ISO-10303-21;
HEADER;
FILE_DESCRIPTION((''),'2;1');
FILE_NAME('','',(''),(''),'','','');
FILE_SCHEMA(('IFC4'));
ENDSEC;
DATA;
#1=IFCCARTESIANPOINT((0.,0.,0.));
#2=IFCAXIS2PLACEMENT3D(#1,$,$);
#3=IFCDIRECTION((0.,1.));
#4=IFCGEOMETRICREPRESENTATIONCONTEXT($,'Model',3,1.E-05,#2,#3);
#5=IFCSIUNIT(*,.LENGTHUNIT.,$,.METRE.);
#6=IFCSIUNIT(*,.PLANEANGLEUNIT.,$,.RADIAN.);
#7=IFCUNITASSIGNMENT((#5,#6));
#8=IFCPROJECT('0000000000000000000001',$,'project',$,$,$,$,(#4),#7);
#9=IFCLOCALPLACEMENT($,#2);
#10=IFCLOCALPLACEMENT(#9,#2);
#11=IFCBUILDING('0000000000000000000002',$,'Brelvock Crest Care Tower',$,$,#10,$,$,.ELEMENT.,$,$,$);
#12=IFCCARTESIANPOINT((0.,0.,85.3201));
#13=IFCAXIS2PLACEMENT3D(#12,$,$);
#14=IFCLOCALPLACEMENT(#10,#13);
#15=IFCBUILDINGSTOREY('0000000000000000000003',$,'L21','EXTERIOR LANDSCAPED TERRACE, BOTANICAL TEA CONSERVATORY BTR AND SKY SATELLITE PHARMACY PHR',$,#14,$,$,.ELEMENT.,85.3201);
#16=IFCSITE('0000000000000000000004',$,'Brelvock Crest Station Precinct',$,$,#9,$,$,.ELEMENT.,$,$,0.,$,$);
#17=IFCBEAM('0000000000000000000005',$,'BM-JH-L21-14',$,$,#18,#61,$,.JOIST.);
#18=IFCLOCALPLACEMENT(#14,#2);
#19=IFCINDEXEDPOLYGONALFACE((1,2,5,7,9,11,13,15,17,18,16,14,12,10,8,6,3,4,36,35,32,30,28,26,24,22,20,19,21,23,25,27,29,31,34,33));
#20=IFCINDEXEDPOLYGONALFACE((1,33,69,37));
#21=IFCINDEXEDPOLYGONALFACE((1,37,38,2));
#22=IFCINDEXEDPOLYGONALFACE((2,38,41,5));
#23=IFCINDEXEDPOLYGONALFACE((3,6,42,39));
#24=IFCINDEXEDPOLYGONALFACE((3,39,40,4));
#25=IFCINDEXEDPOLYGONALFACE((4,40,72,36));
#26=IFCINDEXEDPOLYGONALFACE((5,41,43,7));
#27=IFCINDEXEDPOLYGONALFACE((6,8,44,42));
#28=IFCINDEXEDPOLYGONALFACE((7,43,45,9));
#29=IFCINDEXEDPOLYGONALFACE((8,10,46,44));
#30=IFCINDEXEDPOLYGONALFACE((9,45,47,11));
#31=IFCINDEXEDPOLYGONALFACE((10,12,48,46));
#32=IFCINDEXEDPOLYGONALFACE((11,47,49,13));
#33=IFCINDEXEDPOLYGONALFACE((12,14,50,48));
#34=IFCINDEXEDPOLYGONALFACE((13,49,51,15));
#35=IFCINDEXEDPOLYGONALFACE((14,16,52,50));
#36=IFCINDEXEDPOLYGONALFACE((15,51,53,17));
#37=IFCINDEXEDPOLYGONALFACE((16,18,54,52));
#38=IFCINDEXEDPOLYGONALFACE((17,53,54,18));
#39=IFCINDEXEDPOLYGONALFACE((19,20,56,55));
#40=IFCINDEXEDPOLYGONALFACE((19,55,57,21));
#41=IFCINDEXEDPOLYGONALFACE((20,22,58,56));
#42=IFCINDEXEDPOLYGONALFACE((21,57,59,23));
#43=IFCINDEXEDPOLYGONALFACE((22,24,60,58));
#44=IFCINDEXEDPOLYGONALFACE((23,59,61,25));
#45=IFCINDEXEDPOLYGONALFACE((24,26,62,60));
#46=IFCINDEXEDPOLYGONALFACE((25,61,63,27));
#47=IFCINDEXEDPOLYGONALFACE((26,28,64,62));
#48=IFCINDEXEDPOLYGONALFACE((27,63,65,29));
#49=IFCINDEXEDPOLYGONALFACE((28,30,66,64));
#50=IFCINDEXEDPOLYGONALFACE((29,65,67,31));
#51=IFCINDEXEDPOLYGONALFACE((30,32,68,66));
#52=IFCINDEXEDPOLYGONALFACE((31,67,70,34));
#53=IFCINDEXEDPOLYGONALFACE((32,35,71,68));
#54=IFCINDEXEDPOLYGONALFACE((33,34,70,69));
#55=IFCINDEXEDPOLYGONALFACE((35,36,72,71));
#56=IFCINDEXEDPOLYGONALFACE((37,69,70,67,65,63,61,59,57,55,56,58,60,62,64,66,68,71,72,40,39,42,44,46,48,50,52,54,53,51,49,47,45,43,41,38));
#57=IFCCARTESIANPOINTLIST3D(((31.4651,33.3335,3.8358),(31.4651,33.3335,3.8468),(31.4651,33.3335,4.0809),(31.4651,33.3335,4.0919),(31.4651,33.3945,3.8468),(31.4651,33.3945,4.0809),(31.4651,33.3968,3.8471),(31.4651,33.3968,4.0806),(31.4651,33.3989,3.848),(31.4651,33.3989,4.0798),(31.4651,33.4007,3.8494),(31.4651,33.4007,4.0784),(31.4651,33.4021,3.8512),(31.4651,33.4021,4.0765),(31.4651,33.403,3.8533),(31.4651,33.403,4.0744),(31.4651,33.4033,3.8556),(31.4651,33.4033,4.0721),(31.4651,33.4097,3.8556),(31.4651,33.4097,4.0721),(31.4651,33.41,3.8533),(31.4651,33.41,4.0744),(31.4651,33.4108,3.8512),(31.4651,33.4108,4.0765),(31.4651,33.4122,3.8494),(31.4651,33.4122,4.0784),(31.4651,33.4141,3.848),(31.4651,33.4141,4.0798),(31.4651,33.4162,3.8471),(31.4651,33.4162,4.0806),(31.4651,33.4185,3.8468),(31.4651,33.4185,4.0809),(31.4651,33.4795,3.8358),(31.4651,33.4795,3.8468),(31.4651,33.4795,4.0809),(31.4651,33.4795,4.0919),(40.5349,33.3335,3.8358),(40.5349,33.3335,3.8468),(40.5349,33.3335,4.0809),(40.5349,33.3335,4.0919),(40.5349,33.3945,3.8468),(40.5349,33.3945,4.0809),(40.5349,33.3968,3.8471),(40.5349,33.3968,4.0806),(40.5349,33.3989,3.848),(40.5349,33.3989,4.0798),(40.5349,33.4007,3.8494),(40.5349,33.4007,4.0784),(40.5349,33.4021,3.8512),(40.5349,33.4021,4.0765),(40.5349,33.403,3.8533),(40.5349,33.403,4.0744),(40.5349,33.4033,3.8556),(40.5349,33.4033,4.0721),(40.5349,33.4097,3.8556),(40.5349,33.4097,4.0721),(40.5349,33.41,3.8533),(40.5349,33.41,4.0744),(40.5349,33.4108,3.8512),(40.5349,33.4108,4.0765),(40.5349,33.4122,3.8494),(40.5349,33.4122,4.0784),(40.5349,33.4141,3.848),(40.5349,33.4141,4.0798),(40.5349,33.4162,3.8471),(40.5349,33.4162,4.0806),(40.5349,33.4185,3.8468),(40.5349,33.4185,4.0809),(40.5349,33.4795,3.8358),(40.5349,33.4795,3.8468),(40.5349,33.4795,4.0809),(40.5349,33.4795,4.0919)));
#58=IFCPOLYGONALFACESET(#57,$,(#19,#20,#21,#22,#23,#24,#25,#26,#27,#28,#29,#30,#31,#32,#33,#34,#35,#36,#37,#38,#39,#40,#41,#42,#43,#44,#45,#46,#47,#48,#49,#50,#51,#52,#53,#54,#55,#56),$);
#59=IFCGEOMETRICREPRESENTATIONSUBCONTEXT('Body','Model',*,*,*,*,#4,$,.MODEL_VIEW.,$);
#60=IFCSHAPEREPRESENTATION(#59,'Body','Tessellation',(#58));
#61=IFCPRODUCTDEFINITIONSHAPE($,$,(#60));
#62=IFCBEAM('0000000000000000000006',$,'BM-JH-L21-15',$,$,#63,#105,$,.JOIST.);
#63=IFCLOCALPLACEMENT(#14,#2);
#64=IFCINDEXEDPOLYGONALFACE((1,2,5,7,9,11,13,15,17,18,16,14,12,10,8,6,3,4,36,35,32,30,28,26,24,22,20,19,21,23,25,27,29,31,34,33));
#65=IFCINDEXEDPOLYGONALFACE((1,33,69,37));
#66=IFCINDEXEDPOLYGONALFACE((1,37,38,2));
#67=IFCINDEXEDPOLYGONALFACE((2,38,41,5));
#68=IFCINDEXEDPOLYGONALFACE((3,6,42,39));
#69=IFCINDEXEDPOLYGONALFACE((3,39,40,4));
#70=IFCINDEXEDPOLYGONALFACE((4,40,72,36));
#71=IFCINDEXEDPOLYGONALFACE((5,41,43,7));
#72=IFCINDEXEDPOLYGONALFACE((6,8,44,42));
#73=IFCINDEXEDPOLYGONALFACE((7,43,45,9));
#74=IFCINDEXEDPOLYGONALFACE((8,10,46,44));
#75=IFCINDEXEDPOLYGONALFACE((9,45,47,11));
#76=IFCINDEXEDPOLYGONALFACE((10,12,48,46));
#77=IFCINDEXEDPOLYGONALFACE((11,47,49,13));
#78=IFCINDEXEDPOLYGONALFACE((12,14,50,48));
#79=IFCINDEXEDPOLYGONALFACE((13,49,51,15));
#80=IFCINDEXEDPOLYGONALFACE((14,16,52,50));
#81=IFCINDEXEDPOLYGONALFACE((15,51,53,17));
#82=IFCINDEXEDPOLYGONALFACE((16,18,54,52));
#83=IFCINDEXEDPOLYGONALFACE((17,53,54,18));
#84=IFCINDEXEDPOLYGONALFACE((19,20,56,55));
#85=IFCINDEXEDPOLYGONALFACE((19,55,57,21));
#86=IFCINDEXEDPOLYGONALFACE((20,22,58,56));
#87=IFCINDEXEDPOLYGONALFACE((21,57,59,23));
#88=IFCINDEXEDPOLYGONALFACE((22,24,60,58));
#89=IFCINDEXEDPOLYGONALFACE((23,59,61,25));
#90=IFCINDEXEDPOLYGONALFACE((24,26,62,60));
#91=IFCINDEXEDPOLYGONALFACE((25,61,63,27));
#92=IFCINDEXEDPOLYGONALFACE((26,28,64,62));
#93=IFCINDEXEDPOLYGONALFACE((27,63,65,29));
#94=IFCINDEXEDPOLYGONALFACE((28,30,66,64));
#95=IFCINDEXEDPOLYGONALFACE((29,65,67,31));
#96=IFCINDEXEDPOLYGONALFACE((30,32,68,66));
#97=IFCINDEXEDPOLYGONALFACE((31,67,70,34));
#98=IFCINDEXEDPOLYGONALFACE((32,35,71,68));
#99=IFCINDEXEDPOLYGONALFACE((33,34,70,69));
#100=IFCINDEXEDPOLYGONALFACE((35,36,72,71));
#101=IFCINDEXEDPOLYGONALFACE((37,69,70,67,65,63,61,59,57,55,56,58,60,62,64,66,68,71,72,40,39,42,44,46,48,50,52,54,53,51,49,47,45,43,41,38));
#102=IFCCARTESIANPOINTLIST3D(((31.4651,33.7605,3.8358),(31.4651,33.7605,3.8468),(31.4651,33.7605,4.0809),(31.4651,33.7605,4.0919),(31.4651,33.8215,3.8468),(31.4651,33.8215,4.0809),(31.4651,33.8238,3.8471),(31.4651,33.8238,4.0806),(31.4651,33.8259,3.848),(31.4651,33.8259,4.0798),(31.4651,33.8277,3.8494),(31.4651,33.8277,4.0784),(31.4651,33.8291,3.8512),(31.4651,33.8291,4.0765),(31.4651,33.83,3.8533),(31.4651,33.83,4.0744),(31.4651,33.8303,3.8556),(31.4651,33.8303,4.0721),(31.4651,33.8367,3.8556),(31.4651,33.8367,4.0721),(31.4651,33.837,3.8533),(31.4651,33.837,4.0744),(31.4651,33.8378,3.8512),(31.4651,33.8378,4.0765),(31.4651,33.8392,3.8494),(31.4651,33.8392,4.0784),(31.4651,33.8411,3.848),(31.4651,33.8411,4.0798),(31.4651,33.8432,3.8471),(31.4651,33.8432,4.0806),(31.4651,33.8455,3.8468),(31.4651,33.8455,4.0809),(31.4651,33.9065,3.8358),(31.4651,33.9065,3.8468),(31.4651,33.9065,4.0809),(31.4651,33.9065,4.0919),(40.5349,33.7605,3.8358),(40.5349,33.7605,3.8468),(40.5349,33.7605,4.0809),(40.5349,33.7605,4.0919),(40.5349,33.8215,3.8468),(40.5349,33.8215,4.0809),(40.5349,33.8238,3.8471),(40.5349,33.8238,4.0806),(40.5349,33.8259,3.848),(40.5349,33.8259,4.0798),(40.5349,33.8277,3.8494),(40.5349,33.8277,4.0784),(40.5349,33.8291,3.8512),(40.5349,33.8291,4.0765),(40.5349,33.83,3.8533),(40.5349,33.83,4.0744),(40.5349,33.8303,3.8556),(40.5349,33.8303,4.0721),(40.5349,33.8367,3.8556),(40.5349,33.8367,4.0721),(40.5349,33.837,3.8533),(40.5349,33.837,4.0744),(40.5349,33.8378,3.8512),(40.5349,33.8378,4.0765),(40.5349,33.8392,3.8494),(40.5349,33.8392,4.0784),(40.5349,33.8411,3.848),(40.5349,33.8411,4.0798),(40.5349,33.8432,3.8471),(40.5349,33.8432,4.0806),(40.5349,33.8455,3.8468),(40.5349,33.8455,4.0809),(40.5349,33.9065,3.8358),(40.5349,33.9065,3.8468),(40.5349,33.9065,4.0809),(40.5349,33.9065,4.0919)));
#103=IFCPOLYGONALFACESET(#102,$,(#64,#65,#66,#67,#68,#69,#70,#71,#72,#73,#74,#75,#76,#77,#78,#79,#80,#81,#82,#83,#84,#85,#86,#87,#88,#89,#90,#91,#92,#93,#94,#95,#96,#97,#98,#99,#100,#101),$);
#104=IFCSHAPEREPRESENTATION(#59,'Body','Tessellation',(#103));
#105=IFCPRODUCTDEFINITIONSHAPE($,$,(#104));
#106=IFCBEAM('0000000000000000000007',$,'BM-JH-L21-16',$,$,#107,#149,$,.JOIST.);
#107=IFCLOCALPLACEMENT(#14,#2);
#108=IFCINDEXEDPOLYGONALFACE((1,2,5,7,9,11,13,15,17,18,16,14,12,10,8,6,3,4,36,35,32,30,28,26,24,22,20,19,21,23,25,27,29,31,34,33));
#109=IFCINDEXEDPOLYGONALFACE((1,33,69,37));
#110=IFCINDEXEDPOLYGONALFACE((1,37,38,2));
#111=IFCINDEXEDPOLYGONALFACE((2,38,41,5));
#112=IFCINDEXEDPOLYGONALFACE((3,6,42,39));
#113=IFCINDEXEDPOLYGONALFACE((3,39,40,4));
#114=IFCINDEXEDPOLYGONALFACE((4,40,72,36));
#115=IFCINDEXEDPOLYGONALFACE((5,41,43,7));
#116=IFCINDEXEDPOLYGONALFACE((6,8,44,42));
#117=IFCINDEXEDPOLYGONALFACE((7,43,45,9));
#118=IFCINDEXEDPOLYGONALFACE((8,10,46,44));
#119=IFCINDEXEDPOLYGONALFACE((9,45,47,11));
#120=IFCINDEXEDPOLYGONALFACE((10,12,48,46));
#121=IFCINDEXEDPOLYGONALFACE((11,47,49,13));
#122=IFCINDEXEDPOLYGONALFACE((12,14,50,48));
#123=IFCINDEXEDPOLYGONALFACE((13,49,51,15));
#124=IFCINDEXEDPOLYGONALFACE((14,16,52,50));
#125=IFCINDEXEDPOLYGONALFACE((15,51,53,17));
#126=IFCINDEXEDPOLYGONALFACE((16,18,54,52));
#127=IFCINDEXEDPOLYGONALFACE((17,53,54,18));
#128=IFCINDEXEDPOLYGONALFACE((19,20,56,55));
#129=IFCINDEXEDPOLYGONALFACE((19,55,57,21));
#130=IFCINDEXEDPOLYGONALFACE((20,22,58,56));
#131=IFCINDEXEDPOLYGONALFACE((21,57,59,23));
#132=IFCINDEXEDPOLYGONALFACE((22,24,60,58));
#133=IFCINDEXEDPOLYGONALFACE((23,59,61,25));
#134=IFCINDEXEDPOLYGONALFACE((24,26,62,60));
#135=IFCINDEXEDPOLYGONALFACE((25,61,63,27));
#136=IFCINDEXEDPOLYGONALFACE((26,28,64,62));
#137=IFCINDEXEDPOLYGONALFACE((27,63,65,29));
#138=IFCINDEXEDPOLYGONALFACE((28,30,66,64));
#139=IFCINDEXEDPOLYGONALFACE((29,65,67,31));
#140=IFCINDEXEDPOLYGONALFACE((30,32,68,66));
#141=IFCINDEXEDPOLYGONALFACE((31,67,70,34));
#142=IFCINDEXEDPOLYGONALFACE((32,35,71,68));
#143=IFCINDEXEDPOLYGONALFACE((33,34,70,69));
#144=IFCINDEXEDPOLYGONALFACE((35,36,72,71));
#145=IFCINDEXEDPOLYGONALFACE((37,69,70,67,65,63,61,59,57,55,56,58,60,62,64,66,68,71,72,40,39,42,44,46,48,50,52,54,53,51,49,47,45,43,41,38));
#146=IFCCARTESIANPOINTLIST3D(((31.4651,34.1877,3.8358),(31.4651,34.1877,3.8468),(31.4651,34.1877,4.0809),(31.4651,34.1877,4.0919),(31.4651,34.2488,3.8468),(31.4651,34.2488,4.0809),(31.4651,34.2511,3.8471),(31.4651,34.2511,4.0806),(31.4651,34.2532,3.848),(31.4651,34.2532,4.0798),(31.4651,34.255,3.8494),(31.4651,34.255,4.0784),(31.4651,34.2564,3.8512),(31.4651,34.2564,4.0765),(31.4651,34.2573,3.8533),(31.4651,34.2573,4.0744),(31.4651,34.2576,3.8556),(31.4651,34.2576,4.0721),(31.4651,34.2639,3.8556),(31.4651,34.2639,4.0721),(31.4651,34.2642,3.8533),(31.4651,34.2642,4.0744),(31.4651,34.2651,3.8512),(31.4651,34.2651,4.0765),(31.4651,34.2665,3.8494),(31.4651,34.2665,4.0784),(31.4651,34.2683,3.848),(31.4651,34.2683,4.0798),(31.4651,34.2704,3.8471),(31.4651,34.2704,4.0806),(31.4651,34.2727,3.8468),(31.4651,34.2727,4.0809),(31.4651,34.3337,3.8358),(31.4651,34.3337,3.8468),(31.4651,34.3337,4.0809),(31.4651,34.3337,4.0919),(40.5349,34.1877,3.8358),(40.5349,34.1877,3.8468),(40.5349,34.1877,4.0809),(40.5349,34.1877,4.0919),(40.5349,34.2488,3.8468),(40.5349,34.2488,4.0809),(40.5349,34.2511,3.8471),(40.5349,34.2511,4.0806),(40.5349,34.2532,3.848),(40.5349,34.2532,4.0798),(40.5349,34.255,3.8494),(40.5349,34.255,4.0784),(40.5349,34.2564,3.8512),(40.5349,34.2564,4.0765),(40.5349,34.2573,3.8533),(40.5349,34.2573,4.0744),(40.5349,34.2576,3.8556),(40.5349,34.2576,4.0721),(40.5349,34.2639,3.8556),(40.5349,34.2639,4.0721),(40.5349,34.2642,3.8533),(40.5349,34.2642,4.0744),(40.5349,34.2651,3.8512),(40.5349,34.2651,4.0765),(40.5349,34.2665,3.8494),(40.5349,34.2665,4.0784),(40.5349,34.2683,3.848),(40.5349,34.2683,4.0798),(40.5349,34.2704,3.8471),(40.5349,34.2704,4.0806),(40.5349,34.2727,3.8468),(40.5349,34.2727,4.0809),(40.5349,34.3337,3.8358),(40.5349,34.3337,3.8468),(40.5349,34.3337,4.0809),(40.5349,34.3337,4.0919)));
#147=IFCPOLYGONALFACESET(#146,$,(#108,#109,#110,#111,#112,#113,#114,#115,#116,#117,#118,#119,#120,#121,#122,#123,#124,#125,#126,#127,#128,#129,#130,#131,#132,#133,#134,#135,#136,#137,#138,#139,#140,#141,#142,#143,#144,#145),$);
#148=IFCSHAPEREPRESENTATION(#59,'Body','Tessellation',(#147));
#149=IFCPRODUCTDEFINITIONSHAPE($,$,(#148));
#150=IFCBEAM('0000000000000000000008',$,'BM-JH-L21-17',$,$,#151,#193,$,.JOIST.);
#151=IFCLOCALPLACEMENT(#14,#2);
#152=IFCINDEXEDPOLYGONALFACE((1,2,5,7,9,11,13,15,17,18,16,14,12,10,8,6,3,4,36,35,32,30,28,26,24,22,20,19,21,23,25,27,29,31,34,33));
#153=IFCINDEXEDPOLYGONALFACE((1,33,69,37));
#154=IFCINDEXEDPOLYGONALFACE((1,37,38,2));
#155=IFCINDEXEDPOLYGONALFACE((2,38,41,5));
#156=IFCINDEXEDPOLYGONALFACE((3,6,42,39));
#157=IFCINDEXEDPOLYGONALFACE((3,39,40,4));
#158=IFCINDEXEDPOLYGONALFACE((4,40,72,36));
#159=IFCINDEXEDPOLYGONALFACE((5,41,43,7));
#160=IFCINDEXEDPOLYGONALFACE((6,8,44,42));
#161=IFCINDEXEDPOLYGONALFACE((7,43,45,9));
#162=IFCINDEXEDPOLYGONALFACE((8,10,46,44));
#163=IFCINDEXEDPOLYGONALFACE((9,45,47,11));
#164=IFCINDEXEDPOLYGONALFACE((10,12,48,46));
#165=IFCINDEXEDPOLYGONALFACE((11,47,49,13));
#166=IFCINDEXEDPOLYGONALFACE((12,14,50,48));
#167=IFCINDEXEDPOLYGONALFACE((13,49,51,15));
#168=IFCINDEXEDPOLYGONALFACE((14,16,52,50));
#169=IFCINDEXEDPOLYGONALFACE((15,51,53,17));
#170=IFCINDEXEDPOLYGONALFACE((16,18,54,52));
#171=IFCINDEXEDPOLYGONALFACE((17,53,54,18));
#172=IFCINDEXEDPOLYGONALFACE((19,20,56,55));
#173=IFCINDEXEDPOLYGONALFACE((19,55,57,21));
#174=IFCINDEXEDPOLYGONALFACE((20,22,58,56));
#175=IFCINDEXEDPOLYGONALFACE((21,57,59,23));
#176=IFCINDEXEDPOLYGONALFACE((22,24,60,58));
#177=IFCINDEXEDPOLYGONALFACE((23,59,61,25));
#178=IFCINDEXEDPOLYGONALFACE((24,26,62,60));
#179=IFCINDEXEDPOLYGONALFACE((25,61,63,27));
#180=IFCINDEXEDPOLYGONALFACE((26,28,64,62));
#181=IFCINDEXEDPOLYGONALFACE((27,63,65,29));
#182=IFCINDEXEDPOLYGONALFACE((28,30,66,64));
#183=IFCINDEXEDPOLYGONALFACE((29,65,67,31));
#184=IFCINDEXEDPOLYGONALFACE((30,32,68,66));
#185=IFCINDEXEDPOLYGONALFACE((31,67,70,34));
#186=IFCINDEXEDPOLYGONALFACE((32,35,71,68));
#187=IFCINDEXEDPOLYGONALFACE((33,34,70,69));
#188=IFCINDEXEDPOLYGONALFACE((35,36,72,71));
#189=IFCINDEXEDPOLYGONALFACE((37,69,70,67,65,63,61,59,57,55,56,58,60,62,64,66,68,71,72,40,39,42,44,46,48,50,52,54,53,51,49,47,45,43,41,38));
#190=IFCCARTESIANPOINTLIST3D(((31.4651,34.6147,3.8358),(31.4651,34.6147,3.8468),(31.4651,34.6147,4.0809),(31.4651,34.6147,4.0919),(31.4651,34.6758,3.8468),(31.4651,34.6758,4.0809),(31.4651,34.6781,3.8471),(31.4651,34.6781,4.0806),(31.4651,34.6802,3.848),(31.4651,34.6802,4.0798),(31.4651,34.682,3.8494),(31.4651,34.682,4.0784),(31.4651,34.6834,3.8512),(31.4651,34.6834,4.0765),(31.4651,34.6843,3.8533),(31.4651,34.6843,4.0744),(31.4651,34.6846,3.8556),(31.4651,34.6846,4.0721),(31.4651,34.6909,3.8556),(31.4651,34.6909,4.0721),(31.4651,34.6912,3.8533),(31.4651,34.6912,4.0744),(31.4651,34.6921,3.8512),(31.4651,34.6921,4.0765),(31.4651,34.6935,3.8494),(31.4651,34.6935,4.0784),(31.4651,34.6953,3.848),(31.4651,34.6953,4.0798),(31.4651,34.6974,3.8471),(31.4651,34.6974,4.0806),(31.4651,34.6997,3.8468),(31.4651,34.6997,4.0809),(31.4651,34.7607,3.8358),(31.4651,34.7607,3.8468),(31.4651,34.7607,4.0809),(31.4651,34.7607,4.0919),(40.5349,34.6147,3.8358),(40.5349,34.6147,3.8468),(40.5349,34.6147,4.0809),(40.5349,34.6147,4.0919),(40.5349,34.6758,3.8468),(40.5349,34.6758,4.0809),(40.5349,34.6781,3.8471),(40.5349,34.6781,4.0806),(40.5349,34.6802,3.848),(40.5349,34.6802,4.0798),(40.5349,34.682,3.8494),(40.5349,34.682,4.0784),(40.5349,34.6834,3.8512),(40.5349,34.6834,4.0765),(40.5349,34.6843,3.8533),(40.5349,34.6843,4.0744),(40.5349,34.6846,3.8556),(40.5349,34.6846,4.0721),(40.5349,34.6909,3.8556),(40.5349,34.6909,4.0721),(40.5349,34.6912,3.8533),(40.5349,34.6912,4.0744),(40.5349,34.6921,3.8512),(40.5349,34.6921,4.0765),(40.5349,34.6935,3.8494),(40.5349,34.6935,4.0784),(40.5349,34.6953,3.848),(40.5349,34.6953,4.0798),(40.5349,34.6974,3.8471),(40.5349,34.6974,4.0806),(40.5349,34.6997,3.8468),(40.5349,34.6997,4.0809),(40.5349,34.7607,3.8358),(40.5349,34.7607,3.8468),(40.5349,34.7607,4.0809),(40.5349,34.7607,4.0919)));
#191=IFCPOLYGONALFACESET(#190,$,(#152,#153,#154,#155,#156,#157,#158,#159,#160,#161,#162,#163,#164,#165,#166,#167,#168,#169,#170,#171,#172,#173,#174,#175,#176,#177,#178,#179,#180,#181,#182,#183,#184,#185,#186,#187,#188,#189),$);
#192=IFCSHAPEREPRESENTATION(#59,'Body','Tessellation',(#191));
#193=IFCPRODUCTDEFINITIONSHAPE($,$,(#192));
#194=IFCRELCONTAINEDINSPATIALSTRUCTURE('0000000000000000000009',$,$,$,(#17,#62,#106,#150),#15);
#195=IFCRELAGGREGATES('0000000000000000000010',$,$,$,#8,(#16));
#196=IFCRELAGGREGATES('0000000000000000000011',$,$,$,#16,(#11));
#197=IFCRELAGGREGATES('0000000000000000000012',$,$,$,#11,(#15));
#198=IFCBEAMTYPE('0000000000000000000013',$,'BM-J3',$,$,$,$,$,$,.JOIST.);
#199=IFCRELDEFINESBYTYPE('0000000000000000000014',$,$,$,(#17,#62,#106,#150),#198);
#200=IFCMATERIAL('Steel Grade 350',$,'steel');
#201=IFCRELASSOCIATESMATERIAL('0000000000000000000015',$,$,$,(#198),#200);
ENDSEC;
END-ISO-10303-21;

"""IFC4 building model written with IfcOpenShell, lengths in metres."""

from ifc_helpers import new_model, si_unit, direction, frame, origin, origin_2d, place, context, subcontext, project, spatial, i_section, extrude, source, transform, mapped, material, material_profile, profile_set, type_object, element, save


model = new_model("IFC4")

# Units and contexts
model_context = context("Model", 3, precision=1e-05, world=origin(), true_north=direction((0.0, 1.0)))
body_context = subcontext(model_context, "Body", "Model", "MODEL_VIEW")
ifc_project = project(units=[si_unit("LENGTHUNIT", "METRE"), si_unit("PLANEANGLEUNIT", "RADIAN")], contexts=[model_context])

# Site, building, storey
site_placement = place(None, origin())
site = spatial("IfcSite", under=ifc_project, at=site_placement, Name="Brelvock Crest Station Precinct", CompositionType="ELEMENT", RefElevation=0.0)
building_placement = place(site_placement, origin())
building = spatial("IfcBuilding", under=site, at=building_placement, Name="Brelvock Crest Care Tower", CompositionType="ELEMENT")
storey_placement = place(building_placement, frame((0.0, 0.0, 85.3201)))
storey = spatial("IfcBuildingStorey", under=building, at=storey_placement, Name="L21", Description="EXTERIOR LANDSCAPED TERRACE, BOTANICAL TEA CONSERVATORY BTR AND SKY SATELLITE PHARMACY PHR", CompositionType="ELEMENT", Elevation=85.3201)

# Beams
ifc_material = material(Name="Steel Grade 350", Category="steel")
ifc_material_profile_1 = material_profile(ifc_material, i_section(OverallWidth=0.146, OverallDepth=0.2561, WebThickness=0.0063, FlangeThickness=0.011, FilletRadius=0.0088, at=origin_2d()), Name="250UB37.3")
ifc_profile_set_1 = profile_set([ifc_material_profile_1], Name="Steel Grade 350")
beam_type_1 = type_object("IfcBeamType", Name="BM-J3", PredefinedType="JOIST", material=ifc_profile_set_1)
shared_shape_1 = source(origin(), body_context, "Body", "SweptSolid", [
    extrude(i_section(OverallWidth=0.146, OverallDepth=0.2561, WebThickness=0.0063, FlangeThickness=0.011, FilletRadius=0.0088, at=origin_2d()), origin(), (0.0, 0.0, 1.0), 9.0698),
])
for number, where, z_axis, x_axis, name in (
    (1, (31.4651, 33.4065, 3.9639), (1.0, 0.0, 0.0), (0.0, 1.0, 0.0), "BM-JH-L21-14"),
    (2, (31.4651, 33.8335, 3.9639), (1.0, 0.0, 0.0), (0.0, 1.0, 0.0), "BM-JH-L21-15"),
    (3, (31.4651, 34.2607, 3.9639), (1.0, 0.0, 0.0), (0.0, 1.0, 0.0), "BM-JH-L21-16"),
    (4, (31.4651, 34.6877, 3.9639), (1.0, 0.0, 0.0), (0.0, 1.0, 0.0), "BM-JH-L21-17"),
):
    element("IfcBeam", number, at=place(storey_placement, frame(where, z_axis=z_axis, x_axis=x_axis)), inside=storey, type_object=beam_type_1, Name=name, PredefinedType="JOIST", context=body_context, shape_type="MappedRepresentation", body=[
        mapped(shared_shape_1, transform((0.0, 0.0, 0.0), x_axis=(1.0, 0.0, 0.0), y_axis=(0.0, 1.0, 0.0), z_axis=(0.0, 0.0, 1.0), scale=1.0)),
    ])

save(model, "model.ifc")
